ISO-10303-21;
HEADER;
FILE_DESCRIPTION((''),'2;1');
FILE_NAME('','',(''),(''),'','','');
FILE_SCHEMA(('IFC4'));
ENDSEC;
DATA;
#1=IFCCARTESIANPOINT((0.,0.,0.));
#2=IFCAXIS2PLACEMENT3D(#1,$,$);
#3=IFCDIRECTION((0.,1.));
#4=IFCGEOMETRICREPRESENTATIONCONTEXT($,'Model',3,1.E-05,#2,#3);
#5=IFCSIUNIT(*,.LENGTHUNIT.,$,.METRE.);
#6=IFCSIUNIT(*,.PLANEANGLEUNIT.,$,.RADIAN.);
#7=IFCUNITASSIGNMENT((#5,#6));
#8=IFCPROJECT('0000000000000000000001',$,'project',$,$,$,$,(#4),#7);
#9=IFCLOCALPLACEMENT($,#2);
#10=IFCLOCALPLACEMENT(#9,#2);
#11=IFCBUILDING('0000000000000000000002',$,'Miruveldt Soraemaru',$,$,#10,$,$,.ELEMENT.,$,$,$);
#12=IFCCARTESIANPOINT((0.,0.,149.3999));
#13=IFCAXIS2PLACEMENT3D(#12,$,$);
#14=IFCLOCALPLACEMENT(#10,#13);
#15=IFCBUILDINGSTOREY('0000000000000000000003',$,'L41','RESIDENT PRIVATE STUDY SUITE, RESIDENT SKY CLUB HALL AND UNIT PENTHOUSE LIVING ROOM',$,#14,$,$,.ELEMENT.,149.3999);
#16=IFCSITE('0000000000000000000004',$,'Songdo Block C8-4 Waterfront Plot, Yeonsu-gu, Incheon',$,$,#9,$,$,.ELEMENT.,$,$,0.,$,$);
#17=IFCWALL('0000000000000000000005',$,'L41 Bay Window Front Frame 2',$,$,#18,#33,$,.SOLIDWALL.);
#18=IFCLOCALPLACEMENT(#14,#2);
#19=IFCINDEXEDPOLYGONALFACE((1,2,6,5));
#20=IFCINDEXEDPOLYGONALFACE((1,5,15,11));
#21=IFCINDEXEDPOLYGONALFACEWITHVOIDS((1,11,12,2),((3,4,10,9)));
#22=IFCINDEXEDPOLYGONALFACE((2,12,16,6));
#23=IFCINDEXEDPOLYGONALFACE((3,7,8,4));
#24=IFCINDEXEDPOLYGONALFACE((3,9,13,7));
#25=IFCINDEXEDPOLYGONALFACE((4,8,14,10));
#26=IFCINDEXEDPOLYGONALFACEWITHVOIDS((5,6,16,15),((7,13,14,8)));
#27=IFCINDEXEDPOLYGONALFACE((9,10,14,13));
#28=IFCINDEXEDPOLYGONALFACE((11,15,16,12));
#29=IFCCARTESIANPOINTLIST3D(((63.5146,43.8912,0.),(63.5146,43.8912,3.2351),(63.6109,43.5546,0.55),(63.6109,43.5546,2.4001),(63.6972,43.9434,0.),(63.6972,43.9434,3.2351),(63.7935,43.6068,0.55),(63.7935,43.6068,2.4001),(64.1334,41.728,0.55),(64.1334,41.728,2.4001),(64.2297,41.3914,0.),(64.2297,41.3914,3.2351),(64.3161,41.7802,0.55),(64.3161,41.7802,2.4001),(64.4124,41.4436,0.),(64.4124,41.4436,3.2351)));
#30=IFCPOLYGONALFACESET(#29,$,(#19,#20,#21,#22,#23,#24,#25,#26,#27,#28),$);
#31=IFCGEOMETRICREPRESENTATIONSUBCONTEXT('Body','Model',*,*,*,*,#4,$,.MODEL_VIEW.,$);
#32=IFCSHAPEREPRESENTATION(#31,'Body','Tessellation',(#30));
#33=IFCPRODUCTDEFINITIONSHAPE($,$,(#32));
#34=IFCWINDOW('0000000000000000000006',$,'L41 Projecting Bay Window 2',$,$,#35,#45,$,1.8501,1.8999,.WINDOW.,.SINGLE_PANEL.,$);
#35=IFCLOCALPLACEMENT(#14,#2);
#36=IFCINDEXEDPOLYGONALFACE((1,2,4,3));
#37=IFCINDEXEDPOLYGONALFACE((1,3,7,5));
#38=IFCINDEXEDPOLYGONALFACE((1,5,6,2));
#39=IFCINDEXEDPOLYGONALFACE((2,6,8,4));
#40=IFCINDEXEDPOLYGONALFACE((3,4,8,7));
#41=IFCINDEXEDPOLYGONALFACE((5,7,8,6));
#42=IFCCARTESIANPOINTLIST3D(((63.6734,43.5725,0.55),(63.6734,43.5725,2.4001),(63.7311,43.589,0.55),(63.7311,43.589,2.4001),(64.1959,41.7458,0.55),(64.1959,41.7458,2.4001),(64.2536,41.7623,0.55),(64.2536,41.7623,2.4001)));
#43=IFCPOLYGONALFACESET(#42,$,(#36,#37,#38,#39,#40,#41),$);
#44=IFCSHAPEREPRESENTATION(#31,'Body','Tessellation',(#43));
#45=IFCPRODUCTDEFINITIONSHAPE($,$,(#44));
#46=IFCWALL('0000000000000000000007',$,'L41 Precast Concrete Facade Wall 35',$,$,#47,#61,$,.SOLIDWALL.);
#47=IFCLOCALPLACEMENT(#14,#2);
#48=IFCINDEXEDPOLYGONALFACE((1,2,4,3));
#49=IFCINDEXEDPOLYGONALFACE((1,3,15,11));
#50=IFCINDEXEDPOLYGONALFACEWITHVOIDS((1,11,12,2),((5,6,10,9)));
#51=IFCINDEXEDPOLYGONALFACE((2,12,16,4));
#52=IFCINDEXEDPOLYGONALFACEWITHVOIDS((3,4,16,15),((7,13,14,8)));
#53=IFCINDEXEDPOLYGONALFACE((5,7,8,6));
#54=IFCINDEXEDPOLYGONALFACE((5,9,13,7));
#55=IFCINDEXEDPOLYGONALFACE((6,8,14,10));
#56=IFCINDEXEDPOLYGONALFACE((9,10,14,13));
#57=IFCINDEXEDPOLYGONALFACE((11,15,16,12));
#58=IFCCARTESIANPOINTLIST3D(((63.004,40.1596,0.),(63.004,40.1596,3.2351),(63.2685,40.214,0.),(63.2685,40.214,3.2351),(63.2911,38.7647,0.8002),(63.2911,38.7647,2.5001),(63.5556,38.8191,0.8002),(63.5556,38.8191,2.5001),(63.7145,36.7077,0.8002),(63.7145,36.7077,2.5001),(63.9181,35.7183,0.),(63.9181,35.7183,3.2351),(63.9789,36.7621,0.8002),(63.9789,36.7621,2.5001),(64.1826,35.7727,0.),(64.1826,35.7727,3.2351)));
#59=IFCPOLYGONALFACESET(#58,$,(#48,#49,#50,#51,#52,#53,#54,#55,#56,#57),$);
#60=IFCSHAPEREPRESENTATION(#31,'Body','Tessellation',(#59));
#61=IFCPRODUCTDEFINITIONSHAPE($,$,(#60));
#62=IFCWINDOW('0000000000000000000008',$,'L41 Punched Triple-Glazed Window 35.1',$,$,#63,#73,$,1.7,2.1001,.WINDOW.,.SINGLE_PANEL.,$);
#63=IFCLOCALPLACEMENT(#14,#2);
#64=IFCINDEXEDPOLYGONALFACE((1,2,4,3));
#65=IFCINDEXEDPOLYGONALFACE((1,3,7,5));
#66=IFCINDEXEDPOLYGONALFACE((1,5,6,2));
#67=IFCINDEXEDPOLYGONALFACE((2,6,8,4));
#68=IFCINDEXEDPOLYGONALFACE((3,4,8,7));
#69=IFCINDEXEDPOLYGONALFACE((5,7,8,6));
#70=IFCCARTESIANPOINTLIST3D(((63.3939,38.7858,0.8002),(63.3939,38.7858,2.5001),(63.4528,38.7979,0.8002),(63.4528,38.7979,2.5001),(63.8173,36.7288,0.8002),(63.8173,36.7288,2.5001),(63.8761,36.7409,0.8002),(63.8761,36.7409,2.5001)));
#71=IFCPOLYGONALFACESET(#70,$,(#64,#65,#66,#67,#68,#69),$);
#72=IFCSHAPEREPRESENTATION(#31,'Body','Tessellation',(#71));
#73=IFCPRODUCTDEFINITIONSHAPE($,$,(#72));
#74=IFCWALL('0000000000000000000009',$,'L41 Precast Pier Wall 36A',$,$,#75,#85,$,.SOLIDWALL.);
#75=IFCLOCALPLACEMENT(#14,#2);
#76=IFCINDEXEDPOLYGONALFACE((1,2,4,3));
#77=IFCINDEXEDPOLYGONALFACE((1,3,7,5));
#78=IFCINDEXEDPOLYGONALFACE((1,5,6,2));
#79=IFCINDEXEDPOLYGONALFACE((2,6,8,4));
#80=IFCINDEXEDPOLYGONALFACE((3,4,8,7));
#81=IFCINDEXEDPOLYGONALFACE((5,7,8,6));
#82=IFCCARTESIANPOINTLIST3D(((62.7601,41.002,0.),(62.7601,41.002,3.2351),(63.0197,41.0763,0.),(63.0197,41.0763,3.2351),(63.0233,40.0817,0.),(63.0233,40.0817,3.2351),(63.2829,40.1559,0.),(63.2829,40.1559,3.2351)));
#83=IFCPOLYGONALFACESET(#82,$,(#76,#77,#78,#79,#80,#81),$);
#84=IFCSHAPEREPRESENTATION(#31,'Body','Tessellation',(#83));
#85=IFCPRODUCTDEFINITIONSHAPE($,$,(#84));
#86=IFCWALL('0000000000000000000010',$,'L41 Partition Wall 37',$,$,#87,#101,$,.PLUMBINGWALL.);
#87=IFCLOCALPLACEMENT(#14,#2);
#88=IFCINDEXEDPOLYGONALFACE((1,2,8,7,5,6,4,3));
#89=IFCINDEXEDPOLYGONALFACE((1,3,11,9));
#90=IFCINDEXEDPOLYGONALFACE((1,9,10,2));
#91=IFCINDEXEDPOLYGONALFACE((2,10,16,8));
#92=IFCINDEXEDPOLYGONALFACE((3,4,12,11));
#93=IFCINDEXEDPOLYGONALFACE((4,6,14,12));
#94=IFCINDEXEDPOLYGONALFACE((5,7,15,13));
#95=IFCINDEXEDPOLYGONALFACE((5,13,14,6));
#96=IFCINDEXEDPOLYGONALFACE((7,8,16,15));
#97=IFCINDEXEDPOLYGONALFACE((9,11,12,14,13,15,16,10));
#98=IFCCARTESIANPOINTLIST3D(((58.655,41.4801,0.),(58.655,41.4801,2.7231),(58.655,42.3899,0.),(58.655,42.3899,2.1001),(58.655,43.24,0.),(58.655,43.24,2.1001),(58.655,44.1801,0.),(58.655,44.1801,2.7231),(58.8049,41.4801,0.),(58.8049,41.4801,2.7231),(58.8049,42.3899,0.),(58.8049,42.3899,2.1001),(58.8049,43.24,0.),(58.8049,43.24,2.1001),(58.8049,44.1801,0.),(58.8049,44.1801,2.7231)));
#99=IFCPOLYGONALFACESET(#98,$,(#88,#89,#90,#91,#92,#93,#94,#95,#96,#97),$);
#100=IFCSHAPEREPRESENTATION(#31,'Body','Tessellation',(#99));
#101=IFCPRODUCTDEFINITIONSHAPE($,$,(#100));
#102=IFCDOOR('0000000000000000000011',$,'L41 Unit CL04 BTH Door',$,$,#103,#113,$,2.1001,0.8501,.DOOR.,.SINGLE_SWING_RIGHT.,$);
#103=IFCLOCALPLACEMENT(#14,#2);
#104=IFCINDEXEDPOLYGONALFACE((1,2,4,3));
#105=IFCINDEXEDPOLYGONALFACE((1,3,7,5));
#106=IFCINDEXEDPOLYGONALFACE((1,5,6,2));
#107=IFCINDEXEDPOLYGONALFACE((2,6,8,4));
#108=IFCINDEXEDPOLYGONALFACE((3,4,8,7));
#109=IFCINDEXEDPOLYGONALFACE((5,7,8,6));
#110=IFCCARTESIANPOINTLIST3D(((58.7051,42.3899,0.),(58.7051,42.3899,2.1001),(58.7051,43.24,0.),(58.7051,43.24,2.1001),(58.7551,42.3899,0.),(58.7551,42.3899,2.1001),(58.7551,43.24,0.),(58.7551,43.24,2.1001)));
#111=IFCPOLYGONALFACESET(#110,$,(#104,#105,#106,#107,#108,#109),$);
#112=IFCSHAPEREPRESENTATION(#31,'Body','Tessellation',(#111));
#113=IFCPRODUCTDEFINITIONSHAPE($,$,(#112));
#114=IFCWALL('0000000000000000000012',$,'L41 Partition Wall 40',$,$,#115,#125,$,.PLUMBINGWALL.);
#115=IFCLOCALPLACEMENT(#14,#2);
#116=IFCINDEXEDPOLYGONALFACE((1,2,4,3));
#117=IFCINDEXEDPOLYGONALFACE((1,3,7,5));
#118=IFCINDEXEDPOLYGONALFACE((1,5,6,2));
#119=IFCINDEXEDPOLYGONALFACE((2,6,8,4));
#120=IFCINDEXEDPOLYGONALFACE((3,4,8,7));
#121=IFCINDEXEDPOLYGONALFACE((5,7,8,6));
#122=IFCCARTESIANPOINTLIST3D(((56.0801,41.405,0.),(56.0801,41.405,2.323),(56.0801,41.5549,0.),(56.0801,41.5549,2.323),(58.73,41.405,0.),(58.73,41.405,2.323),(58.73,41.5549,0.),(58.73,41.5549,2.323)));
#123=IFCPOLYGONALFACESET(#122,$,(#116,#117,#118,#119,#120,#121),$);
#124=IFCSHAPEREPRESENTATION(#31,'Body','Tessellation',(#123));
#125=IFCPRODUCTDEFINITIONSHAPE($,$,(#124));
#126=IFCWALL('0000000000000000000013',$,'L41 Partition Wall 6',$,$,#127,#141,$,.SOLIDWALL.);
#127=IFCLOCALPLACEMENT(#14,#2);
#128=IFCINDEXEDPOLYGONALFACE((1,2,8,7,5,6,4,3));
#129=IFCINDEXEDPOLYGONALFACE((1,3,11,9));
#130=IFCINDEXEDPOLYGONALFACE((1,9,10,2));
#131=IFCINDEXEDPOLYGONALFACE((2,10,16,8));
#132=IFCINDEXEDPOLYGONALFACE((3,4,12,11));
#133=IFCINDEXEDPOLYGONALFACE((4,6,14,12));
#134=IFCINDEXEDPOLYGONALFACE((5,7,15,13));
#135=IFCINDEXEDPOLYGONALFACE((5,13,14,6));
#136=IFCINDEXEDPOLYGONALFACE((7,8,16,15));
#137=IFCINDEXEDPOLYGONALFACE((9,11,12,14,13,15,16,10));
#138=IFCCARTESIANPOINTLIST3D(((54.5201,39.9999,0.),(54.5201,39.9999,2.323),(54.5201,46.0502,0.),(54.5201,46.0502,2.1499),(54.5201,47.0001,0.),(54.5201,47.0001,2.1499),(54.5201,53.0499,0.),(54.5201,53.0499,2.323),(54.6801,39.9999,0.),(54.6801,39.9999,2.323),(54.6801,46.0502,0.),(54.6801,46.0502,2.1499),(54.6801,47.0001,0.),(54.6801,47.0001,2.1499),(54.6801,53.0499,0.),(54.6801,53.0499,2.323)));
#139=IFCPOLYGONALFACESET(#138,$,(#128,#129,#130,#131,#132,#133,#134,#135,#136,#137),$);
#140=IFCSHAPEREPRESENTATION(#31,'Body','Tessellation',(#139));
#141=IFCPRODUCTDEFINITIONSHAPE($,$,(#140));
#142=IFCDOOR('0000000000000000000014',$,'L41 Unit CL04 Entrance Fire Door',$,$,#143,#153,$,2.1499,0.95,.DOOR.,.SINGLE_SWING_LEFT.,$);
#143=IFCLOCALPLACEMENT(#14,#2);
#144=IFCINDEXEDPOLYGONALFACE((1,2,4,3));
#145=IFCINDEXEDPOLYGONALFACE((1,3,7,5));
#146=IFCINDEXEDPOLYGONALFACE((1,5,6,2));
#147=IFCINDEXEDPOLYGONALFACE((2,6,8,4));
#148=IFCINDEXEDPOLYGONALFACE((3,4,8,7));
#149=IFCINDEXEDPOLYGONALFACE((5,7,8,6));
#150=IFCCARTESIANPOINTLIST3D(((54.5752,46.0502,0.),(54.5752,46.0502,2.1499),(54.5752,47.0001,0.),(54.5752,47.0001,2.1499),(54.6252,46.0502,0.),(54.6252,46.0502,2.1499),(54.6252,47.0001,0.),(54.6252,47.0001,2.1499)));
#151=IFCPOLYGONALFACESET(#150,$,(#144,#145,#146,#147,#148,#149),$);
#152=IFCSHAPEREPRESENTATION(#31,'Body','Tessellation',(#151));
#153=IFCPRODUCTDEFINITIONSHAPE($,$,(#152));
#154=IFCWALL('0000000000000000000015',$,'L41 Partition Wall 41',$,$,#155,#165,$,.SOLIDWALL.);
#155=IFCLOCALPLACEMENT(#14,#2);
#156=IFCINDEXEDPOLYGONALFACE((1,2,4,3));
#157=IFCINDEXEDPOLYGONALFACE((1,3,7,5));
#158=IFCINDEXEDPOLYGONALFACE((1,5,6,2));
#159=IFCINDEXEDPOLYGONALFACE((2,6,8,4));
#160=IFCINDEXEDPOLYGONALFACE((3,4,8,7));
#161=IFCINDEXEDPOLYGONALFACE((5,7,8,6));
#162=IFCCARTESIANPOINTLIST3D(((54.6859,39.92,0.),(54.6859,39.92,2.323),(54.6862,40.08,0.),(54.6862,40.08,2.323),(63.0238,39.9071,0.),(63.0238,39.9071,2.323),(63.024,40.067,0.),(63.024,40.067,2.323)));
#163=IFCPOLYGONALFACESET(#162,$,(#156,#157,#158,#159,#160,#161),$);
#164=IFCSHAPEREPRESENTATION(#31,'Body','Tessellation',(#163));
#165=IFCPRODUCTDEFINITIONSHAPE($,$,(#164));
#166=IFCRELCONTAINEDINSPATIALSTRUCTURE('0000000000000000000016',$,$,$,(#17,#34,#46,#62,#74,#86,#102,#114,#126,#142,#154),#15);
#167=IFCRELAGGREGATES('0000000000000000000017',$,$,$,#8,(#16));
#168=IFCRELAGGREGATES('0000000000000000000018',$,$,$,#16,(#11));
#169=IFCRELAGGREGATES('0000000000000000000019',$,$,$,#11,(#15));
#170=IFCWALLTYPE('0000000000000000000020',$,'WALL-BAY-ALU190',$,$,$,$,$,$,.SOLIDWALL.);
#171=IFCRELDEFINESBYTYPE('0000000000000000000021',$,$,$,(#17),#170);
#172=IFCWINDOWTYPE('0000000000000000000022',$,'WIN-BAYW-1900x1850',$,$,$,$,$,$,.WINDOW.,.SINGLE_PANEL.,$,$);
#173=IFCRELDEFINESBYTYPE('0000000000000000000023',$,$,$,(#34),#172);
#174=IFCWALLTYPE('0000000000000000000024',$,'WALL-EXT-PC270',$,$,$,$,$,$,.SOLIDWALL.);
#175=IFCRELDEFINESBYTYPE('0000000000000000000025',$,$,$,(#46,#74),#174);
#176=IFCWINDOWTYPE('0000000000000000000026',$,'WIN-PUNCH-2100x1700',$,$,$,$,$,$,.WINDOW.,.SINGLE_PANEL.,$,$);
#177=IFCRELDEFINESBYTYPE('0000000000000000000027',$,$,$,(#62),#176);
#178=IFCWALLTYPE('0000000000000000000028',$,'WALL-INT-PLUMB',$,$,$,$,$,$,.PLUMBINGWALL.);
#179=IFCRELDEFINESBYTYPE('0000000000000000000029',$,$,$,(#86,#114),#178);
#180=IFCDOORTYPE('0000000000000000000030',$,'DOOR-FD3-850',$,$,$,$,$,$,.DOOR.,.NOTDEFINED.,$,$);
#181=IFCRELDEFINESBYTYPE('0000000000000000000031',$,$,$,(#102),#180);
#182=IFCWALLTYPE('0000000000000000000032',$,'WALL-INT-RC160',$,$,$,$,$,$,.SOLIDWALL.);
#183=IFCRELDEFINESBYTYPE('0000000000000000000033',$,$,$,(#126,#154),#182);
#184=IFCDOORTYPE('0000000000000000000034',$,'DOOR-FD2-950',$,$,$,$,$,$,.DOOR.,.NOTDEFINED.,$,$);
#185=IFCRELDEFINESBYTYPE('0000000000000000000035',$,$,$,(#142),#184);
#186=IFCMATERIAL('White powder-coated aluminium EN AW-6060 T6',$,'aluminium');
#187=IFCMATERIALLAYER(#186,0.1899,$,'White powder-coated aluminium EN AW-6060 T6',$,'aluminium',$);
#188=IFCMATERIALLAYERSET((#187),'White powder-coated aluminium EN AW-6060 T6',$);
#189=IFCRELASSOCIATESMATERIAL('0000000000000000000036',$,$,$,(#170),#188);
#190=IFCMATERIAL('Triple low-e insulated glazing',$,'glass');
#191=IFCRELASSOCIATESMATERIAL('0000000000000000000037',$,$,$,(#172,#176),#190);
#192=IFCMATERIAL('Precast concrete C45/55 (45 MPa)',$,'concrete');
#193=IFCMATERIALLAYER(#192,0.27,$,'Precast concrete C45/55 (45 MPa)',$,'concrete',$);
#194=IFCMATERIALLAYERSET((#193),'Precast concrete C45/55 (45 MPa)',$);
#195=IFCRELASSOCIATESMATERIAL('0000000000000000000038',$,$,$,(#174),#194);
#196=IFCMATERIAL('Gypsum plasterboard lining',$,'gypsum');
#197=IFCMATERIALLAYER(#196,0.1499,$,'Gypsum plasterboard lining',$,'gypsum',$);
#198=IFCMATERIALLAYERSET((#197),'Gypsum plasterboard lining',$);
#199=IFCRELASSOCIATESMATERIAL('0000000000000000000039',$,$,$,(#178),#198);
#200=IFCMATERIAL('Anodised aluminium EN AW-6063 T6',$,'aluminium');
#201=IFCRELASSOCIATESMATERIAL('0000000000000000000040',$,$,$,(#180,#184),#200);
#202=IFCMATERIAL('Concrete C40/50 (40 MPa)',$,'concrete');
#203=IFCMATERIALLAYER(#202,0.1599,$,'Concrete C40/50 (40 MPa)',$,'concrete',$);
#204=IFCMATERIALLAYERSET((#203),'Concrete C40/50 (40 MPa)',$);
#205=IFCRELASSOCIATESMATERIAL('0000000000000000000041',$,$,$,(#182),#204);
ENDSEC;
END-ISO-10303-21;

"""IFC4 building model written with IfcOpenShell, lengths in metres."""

from ifc_helpers import new_model, si_unit, direction, frame, frame_2d, origin, place, context, subcontext, project, spatial, rectangle, extrude, material, layer, layer_set, type_object, element, fill, save


model = new_model("IFC4")

# Units and contexts
model_context = context("Model", 3, precision=1e-05, world=origin(), true_north=direction((0.0, 1.0)))
body_context = subcontext(model_context, "Body", "Model", "MODEL_VIEW")
ifc_project = project(units=[si_unit("LENGTHUNIT", "METRE"), si_unit("PLANEANGLEUNIT", "RADIAN")], contexts=[model_context])

# Site, building, storey
site_placement = place(None, origin())
site = spatial("IfcSite", under=ifc_project, at=site_placement, Name="Songdo Block C8-4 Waterfront Plot, Yeonsu-gu, Incheon", CompositionType="ELEMENT", RefElevation=0.0)
building_placement = place(site_placement, origin())
building = spatial("IfcBuilding", under=site, at=building_placement, Name="Miruveldt Soraemaru", CompositionType="ELEMENT")
storey_placement = place(building_placement, frame((0.0, 0.0, 149.3999)))
storey = spatial("IfcBuildingStorey", under=building, at=storey_placement, Name="L41", Description="RESIDENT PRIVATE STUDY SUITE, RESIDENT SKY CLUB HALL AND UNIT PENTHOUSE LIVING ROOM", CompositionType="ELEMENT", Elevation=149.3999)

# Shared definitions
ifc_material_1 = material(Name="White powder-coated aluminium EN AW-6060 T6", Category="aluminium")
ifc_layer_1 = layer(ifc_material_1, 0.1899, Name="White powder-coated aluminium EN AW-6060 T6", Category="aluminium")
ifc_layer_set_1 = layer_set([ifc_layer_1], Name="White powder-coated aluminium EN AW-6060 T6")
wall_type_1 = type_object("IfcWallType", Name="WALL-BAY-ALU190", PredefinedType="SOLIDWALL", material=ifc_layer_set_1)

# Walls, openings, windows
wall_1_placement = place(storey_placement, frame((64.321, 41.4175, 0.0), z_axis=(0.0, 0.0, 1.0), x_axis=(-0.275031, 0.961435, 0.0)))
wall_1 = element("IfcWall", 1, at=wall_1_placement, inside=storey, type_object=wall_type_1, Name="L41 Bay Window Front Frame 2", PredefinedType="SOLIDWALL", context=body_context, shape_type="SweptSolid", body=[
    extrude(rectangle(XDim=2.6001, YDim=0.1899, at=frame_2d((1.3, 0.0))), origin(), (0.0, 0.0, 1.0), 3.2351),
])
opening_1_placement = place(wall_1_placement, frame((0.3501, 0.0, 0.55)))
opening_1 = element("IfcOpeningElement", 2, at=opening_1_placement, cuts=wall_1, PredefinedType="OPENING", context=body_context, shape_type="SweptSolid", body=[
    extrude(rectangle(XDim=1.8999, YDim=1.8501, at=frame_2d((0.95, 0.925))), frame((0.0, 0.105, 0.0), z_axis=(0.0, -1.0, 0.0), x_axis=(1.0, 0.0, 0.0)), (0.0, 0.0, 1.0), 0.21),
])
ifc_material_2 = material(Name="Triple low-e insulated glazing", Category="glass")
window_type_1 = type_object("IfcWindowType", Name="WIN-BAYW-1900x1850", PartitioningType="SINGLE_PANEL", PredefinedType="WINDOW", material=ifc_material_2)
window_1_placement = place(opening_1_placement, origin())
window_1 = element("IfcWindow", 3, at=window_1_placement, inside=storey, type_object=window_type_1, Name="L41 Projecting Bay Window 2", OverallHeight=1.8501, OverallWidth=1.8999, PartitioningType="SINGLE_PANEL", PredefinedType="WINDOW", context=body_context, shape_type="SweptSolid", body=[
    extrude(rectangle(XDim=1.8999, YDim=1.8501, at=frame_2d((0.95, 0.925))), frame((0.0, 0.03, 0.0), z_axis=(0.0, -1.0, 0.0), x_axis=(1.0, 0.0, 0.0)), (0.0, 0.0, 1.0), 0.0601),
])
fill(opening_1, window_1)
ifc_material_3 = material(Name="Precast concrete C45/55 (45 MPa)", Category="concrete")
ifc_layer_2 = layer(ifc_material_3, 0.27, Name="Precast concrete C45/55 (45 MPa)", Category="concrete")
ifc_layer_set_2 = layer_set([ifc_layer_2], Name="Precast concrete C45/55 (45 MPa)")
wall_type_2 = type_object("IfcWallType", Name="WALL-EXT-PC270", PredefinedType="SOLIDWALL", material=ifc_layer_set_2)
wall_2_placement = place(storey_placement, frame((64.0503, 35.7456, 0.0), z_axis=(0.0, 0.0, 1.0), x_axis=(-0.20158, 0.979472, 0.0)))
wall_2 = element("IfcWall", 4, at=wall_2_placement, inside=storey, type_object=wall_type_2, Name="L41 Precast Concrete Facade Wall 35", PredefinedType="SOLIDWALL", context=body_context, shape_type="SweptSolid", body=[
    extrude(rectangle(XDim=4.5344, YDim=0.27, at=frame_2d((2.2671, 0.0))), origin(), (0.0, 0.0, 1.0), 3.2351),
])
opening_2_placement = place(wall_2_placement, frame((1.01, 0.0, 0.8)))
opening_2 = element("IfcOpeningElement", 5, at=opening_2_placement, cuts=wall_2, PredefinedType="OPENING", context=body_context, shape_type="SweptSolid", body=[
    extrude(rectangle(XDim=2.1001, YDim=1.7, at=frame_2d((1.05, 0.8501))), frame((0.0, 0.145, 0.0), z_axis=(0.0, -1.0, 0.0), x_axis=(1.0, 0.0, 0.0)), (0.0, 0.0, 1.0), 0.29),
])
window_type_2 = type_object("IfcWindowType", Name="WIN-PUNCH-2100x1700", PartitioningType="SINGLE_PANEL", PredefinedType="WINDOW", material=ifc_material_2)
window_2_placement = place(opening_2_placement, origin())
window_2 = element("IfcWindow", 6, at=window_2_placement, inside=storey, type_object=window_type_2, Name="L41 Punched Triple-Glazed Window 35.1", OverallHeight=1.7, OverallWidth=2.1001, PartitioningType="SINGLE_PANEL", PredefinedType="WINDOW", context=body_context, shape_type="SweptSolid", body=[
    extrude(rectangle(XDim=2.1001, YDim=1.7, at=frame_2d((1.05, 0.8501))), frame((0.0, 0.03, 0.0), z_axis=(0.0, -1.0, 0.0), x_axis=(1.0, 0.0, 0.0)), (0.0, 0.0, 1.0), 0.0601),
])
fill(opening_2, window_2)

# Wall
wall_3_placement = place(storey_placement, frame((63.1531, 40.1189, 0.0), z_axis=(0.0, 0.0, 1.0), x_axis=(-0.274923, 0.961466, 0.0)))
element("IfcWall", 7, at=wall_3_placement, inside=storey, type_object=wall_type_2, Name="L41 Precast Pier Wall 36A", PredefinedType="SOLIDWALL", context=body_context, shape_type="SweptSolid", body=[
    extrude(rectangle(XDim=0.9573, YDim=0.27, at=frame_2d((0.4785, 0.0))), origin(), (0.0, 0.0, 1.0), 3.2351),
])

# Wall, opening, door
ifc_material_4 = material(Name="Gypsum plasterboard lining", Category="gypsum")
ifc_layer_3 = layer(ifc_material_4, 0.1499, Name="Gypsum plasterboard lining", Category="gypsum")
ifc_layer_set_3 = layer_set([ifc_layer_3], Name="Gypsum plasterboard lining")
wall_type_3 = type_object("IfcWallType", Name="WALL-INT-PLUMB", PredefinedType="PLUMBINGWALL", material=ifc_layer_set_3)
wall_4_placement = place(storey_placement, frame((58.73, 41.48, 0.0), z_axis=(0.0, 0.0, 1.0), x_axis=(0.0, 1.0, 0.0)))
wall_4 = element("IfcWall", 8, at=wall_4_placement, inside=storey, type_object=wall_type_3, Name="L41 Partition Wall 37", PredefinedType="PLUMBINGWALL", context=body_context, shape_type="SweptSolid", body=[
    extrude(rectangle(XDim=2.7, YDim=0.1499, at=frame_2d((1.3501, 0.0))), origin(), (0.0, 0.0, 1.0), 2.7231),
])
opening_3_placement = place(wall_4_placement, frame((0.9099, 0.0, 0.0)))
opening_3 = element("IfcOpeningElement", 9, at=opening_3_placement, cuts=wall_4, PredefinedType="OPENING", context=body_context, shape_type="SweptSolid", body=[
    extrude(rectangle(XDim=0.8501, YDim=2.1001, at=frame_2d((0.425, 1.05))), frame((0.0, 0.085, 0.0), z_axis=(0.0, -1.0, 0.0), x_axis=(1.0, 0.0, 0.0)), (0.0, 0.0, 1.0), 0.1699),
])
ifc_material_5 = material(Name="Anodised aluminium EN AW-6063 T6", Category="aluminium")
door_type_1 = type_object("IfcDoorType", Name="DOOR-FD3-850", OperationType="NOTDEFINED", PredefinedType="DOOR", material=ifc_material_5)
door_1_placement = place(opening_3_placement, origin())
door_1 = element("IfcDoor", 10, at=door_1_placement, inside=storey, type_object=door_type_1, Name="L41 Unit CL04 BTH Door", OperationType="SINGLE_SWING_RIGHT", OverallHeight=2.1001, OverallWidth=0.8501, PredefinedType="DOOR", context=body_context, shape_type="SweptSolid", body=[
    extrude(rectangle(XDim=0.8501, YDim=2.1001, at=frame_2d((0.425, 1.05))), frame((0.0, 0.0249, 0.0), z_axis=(0.0, -1.0, 0.0), x_axis=(1.0, 0.0, 0.0)), (0.0, 0.0, 1.0), 0.05),
])
fill(opening_3, door_1)

# Wall
wall_5_placement = place(storey_placement, frame((56.0801, 41.48, 0.0), z_axis=(0.0, 0.0, 1.0), x_axis=(1.0, 0.0, 0.0)))
element("IfcWall", 11, at=wall_5_placement, inside=storey, type_object=wall_type_3, Name="L41 Partition Wall 40", PredefinedType="PLUMBINGWALL", context=body_context, shape_type="SweptSolid", body=[
    extrude(rectangle(XDim=2.6499, YDim=0.1499, at=frame_2d((1.325, 0.0))), origin(), (0.0, 0.0, 1.0), 2.323),
])

# Wall, opening, door
ifc_material_6 = material(Name="Concrete C40/50 (40 MPa)", Category="concrete")
ifc_layer_4 = layer(ifc_material_6, 0.1599, Name="Concrete C40/50 (40 MPa)", Category="concrete")
ifc_layer_set_4 = layer_set([ifc_layer_4], Name="Concrete C40/50 (40 MPa)")
wall_type_4 = type_object("IfcWallType", Name="WALL-INT-RC160", PredefinedType="SOLIDWALL", material=ifc_layer_set_4)
wall_6_placement = place(storey_placement, frame((54.6001, 40.0, 0.0), z_axis=(0.0, 0.0, 1.0), x_axis=(0.0, 1.0, 0.0)))
wall_6 = element("IfcWall", 12, at=wall_6_placement, inside=storey, type_object=wall_type_4, Name="L41 Partition Wall 6", PredefinedType="SOLIDWALL", context=body_context, shape_type="SweptSolid", body=[
    extrude(rectangle(XDim=13.05, YDim=0.1599, at=frame_2d((6.5249, 0.0))), origin(), (0.0, 0.0, 1.0), 2.323),
])
opening_4_placement = place(wall_6_placement, frame((6.05, 0.0, 0.0)))
opening_4 = element("IfcOpeningElement", 13, at=opening_4_placement, cuts=wall_6, PredefinedType="OPENING", context=body_context, shape_type="SweptSolid", body=[
    extrude(rectangle(XDim=0.95, YDim=2.1499, at=frame_2d((0.4751, 1.075))), frame((0.0, 0.0898, 0.0), z_axis=(0.0, -1.0, 0.0), x_axis=(1.0, 0.0, 0.0)), (0.0, 0.0, 1.0), 0.1799),
])
door_type_2 = type_object("IfcDoorType", Name="DOOR-FD2-950", OperationType="NOTDEFINED", PredefinedType="DOOR", material=ifc_material_5)
door_2_placement = place(opening_4_placement, origin())
door_2 = element("IfcDoor", 14, at=door_2_placement, inside=storey, type_object=door_type_2, Name="L41 Unit CL04 Entrance Fire Door", OperationType="SINGLE_SWING_LEFT", OverallHeight=2.1499, OverallWidth=0.95, PredefinedType="DOOR", context=body_context, shape_type="SweptSolid", body=[
    extrude(rectangle(XDim=0.95, YDim=2.1499, at=frame_2d((0.4751, 1.075))), frame((0.0, 0.0249, 0.0), z_axis=(0.0, -1.0, 0.0), x_axis=(1.0, 0.0, 0.0)), (0.0, 0.0, 1.0), 0.05),
])
fill(opening_4, door_2)

# Wall
wall_7_placement = place(storey_placement, frame((54.686, 40.0, 0.0), z_axis=(0.0, 0.0, 1.0), x_axis=(0.999999, -0.001552, 0.0)))
element("IfcWall", 15, at=wall_7_placement, inside=storey, type_object=wall_type_4, Name="L41 Partition Wall 41", PredefinedType="SOLIDWALL", context=body_context, shape_type="SweptSolid", body=[
    extrude(rectangle(XDim=8.3379, YDim=0.1599, at=frame_2d((4.1689, 0.0))), origin(), (0.0, 0.0, 1.0), 2.323),
])

save(model, "model.ifc")
